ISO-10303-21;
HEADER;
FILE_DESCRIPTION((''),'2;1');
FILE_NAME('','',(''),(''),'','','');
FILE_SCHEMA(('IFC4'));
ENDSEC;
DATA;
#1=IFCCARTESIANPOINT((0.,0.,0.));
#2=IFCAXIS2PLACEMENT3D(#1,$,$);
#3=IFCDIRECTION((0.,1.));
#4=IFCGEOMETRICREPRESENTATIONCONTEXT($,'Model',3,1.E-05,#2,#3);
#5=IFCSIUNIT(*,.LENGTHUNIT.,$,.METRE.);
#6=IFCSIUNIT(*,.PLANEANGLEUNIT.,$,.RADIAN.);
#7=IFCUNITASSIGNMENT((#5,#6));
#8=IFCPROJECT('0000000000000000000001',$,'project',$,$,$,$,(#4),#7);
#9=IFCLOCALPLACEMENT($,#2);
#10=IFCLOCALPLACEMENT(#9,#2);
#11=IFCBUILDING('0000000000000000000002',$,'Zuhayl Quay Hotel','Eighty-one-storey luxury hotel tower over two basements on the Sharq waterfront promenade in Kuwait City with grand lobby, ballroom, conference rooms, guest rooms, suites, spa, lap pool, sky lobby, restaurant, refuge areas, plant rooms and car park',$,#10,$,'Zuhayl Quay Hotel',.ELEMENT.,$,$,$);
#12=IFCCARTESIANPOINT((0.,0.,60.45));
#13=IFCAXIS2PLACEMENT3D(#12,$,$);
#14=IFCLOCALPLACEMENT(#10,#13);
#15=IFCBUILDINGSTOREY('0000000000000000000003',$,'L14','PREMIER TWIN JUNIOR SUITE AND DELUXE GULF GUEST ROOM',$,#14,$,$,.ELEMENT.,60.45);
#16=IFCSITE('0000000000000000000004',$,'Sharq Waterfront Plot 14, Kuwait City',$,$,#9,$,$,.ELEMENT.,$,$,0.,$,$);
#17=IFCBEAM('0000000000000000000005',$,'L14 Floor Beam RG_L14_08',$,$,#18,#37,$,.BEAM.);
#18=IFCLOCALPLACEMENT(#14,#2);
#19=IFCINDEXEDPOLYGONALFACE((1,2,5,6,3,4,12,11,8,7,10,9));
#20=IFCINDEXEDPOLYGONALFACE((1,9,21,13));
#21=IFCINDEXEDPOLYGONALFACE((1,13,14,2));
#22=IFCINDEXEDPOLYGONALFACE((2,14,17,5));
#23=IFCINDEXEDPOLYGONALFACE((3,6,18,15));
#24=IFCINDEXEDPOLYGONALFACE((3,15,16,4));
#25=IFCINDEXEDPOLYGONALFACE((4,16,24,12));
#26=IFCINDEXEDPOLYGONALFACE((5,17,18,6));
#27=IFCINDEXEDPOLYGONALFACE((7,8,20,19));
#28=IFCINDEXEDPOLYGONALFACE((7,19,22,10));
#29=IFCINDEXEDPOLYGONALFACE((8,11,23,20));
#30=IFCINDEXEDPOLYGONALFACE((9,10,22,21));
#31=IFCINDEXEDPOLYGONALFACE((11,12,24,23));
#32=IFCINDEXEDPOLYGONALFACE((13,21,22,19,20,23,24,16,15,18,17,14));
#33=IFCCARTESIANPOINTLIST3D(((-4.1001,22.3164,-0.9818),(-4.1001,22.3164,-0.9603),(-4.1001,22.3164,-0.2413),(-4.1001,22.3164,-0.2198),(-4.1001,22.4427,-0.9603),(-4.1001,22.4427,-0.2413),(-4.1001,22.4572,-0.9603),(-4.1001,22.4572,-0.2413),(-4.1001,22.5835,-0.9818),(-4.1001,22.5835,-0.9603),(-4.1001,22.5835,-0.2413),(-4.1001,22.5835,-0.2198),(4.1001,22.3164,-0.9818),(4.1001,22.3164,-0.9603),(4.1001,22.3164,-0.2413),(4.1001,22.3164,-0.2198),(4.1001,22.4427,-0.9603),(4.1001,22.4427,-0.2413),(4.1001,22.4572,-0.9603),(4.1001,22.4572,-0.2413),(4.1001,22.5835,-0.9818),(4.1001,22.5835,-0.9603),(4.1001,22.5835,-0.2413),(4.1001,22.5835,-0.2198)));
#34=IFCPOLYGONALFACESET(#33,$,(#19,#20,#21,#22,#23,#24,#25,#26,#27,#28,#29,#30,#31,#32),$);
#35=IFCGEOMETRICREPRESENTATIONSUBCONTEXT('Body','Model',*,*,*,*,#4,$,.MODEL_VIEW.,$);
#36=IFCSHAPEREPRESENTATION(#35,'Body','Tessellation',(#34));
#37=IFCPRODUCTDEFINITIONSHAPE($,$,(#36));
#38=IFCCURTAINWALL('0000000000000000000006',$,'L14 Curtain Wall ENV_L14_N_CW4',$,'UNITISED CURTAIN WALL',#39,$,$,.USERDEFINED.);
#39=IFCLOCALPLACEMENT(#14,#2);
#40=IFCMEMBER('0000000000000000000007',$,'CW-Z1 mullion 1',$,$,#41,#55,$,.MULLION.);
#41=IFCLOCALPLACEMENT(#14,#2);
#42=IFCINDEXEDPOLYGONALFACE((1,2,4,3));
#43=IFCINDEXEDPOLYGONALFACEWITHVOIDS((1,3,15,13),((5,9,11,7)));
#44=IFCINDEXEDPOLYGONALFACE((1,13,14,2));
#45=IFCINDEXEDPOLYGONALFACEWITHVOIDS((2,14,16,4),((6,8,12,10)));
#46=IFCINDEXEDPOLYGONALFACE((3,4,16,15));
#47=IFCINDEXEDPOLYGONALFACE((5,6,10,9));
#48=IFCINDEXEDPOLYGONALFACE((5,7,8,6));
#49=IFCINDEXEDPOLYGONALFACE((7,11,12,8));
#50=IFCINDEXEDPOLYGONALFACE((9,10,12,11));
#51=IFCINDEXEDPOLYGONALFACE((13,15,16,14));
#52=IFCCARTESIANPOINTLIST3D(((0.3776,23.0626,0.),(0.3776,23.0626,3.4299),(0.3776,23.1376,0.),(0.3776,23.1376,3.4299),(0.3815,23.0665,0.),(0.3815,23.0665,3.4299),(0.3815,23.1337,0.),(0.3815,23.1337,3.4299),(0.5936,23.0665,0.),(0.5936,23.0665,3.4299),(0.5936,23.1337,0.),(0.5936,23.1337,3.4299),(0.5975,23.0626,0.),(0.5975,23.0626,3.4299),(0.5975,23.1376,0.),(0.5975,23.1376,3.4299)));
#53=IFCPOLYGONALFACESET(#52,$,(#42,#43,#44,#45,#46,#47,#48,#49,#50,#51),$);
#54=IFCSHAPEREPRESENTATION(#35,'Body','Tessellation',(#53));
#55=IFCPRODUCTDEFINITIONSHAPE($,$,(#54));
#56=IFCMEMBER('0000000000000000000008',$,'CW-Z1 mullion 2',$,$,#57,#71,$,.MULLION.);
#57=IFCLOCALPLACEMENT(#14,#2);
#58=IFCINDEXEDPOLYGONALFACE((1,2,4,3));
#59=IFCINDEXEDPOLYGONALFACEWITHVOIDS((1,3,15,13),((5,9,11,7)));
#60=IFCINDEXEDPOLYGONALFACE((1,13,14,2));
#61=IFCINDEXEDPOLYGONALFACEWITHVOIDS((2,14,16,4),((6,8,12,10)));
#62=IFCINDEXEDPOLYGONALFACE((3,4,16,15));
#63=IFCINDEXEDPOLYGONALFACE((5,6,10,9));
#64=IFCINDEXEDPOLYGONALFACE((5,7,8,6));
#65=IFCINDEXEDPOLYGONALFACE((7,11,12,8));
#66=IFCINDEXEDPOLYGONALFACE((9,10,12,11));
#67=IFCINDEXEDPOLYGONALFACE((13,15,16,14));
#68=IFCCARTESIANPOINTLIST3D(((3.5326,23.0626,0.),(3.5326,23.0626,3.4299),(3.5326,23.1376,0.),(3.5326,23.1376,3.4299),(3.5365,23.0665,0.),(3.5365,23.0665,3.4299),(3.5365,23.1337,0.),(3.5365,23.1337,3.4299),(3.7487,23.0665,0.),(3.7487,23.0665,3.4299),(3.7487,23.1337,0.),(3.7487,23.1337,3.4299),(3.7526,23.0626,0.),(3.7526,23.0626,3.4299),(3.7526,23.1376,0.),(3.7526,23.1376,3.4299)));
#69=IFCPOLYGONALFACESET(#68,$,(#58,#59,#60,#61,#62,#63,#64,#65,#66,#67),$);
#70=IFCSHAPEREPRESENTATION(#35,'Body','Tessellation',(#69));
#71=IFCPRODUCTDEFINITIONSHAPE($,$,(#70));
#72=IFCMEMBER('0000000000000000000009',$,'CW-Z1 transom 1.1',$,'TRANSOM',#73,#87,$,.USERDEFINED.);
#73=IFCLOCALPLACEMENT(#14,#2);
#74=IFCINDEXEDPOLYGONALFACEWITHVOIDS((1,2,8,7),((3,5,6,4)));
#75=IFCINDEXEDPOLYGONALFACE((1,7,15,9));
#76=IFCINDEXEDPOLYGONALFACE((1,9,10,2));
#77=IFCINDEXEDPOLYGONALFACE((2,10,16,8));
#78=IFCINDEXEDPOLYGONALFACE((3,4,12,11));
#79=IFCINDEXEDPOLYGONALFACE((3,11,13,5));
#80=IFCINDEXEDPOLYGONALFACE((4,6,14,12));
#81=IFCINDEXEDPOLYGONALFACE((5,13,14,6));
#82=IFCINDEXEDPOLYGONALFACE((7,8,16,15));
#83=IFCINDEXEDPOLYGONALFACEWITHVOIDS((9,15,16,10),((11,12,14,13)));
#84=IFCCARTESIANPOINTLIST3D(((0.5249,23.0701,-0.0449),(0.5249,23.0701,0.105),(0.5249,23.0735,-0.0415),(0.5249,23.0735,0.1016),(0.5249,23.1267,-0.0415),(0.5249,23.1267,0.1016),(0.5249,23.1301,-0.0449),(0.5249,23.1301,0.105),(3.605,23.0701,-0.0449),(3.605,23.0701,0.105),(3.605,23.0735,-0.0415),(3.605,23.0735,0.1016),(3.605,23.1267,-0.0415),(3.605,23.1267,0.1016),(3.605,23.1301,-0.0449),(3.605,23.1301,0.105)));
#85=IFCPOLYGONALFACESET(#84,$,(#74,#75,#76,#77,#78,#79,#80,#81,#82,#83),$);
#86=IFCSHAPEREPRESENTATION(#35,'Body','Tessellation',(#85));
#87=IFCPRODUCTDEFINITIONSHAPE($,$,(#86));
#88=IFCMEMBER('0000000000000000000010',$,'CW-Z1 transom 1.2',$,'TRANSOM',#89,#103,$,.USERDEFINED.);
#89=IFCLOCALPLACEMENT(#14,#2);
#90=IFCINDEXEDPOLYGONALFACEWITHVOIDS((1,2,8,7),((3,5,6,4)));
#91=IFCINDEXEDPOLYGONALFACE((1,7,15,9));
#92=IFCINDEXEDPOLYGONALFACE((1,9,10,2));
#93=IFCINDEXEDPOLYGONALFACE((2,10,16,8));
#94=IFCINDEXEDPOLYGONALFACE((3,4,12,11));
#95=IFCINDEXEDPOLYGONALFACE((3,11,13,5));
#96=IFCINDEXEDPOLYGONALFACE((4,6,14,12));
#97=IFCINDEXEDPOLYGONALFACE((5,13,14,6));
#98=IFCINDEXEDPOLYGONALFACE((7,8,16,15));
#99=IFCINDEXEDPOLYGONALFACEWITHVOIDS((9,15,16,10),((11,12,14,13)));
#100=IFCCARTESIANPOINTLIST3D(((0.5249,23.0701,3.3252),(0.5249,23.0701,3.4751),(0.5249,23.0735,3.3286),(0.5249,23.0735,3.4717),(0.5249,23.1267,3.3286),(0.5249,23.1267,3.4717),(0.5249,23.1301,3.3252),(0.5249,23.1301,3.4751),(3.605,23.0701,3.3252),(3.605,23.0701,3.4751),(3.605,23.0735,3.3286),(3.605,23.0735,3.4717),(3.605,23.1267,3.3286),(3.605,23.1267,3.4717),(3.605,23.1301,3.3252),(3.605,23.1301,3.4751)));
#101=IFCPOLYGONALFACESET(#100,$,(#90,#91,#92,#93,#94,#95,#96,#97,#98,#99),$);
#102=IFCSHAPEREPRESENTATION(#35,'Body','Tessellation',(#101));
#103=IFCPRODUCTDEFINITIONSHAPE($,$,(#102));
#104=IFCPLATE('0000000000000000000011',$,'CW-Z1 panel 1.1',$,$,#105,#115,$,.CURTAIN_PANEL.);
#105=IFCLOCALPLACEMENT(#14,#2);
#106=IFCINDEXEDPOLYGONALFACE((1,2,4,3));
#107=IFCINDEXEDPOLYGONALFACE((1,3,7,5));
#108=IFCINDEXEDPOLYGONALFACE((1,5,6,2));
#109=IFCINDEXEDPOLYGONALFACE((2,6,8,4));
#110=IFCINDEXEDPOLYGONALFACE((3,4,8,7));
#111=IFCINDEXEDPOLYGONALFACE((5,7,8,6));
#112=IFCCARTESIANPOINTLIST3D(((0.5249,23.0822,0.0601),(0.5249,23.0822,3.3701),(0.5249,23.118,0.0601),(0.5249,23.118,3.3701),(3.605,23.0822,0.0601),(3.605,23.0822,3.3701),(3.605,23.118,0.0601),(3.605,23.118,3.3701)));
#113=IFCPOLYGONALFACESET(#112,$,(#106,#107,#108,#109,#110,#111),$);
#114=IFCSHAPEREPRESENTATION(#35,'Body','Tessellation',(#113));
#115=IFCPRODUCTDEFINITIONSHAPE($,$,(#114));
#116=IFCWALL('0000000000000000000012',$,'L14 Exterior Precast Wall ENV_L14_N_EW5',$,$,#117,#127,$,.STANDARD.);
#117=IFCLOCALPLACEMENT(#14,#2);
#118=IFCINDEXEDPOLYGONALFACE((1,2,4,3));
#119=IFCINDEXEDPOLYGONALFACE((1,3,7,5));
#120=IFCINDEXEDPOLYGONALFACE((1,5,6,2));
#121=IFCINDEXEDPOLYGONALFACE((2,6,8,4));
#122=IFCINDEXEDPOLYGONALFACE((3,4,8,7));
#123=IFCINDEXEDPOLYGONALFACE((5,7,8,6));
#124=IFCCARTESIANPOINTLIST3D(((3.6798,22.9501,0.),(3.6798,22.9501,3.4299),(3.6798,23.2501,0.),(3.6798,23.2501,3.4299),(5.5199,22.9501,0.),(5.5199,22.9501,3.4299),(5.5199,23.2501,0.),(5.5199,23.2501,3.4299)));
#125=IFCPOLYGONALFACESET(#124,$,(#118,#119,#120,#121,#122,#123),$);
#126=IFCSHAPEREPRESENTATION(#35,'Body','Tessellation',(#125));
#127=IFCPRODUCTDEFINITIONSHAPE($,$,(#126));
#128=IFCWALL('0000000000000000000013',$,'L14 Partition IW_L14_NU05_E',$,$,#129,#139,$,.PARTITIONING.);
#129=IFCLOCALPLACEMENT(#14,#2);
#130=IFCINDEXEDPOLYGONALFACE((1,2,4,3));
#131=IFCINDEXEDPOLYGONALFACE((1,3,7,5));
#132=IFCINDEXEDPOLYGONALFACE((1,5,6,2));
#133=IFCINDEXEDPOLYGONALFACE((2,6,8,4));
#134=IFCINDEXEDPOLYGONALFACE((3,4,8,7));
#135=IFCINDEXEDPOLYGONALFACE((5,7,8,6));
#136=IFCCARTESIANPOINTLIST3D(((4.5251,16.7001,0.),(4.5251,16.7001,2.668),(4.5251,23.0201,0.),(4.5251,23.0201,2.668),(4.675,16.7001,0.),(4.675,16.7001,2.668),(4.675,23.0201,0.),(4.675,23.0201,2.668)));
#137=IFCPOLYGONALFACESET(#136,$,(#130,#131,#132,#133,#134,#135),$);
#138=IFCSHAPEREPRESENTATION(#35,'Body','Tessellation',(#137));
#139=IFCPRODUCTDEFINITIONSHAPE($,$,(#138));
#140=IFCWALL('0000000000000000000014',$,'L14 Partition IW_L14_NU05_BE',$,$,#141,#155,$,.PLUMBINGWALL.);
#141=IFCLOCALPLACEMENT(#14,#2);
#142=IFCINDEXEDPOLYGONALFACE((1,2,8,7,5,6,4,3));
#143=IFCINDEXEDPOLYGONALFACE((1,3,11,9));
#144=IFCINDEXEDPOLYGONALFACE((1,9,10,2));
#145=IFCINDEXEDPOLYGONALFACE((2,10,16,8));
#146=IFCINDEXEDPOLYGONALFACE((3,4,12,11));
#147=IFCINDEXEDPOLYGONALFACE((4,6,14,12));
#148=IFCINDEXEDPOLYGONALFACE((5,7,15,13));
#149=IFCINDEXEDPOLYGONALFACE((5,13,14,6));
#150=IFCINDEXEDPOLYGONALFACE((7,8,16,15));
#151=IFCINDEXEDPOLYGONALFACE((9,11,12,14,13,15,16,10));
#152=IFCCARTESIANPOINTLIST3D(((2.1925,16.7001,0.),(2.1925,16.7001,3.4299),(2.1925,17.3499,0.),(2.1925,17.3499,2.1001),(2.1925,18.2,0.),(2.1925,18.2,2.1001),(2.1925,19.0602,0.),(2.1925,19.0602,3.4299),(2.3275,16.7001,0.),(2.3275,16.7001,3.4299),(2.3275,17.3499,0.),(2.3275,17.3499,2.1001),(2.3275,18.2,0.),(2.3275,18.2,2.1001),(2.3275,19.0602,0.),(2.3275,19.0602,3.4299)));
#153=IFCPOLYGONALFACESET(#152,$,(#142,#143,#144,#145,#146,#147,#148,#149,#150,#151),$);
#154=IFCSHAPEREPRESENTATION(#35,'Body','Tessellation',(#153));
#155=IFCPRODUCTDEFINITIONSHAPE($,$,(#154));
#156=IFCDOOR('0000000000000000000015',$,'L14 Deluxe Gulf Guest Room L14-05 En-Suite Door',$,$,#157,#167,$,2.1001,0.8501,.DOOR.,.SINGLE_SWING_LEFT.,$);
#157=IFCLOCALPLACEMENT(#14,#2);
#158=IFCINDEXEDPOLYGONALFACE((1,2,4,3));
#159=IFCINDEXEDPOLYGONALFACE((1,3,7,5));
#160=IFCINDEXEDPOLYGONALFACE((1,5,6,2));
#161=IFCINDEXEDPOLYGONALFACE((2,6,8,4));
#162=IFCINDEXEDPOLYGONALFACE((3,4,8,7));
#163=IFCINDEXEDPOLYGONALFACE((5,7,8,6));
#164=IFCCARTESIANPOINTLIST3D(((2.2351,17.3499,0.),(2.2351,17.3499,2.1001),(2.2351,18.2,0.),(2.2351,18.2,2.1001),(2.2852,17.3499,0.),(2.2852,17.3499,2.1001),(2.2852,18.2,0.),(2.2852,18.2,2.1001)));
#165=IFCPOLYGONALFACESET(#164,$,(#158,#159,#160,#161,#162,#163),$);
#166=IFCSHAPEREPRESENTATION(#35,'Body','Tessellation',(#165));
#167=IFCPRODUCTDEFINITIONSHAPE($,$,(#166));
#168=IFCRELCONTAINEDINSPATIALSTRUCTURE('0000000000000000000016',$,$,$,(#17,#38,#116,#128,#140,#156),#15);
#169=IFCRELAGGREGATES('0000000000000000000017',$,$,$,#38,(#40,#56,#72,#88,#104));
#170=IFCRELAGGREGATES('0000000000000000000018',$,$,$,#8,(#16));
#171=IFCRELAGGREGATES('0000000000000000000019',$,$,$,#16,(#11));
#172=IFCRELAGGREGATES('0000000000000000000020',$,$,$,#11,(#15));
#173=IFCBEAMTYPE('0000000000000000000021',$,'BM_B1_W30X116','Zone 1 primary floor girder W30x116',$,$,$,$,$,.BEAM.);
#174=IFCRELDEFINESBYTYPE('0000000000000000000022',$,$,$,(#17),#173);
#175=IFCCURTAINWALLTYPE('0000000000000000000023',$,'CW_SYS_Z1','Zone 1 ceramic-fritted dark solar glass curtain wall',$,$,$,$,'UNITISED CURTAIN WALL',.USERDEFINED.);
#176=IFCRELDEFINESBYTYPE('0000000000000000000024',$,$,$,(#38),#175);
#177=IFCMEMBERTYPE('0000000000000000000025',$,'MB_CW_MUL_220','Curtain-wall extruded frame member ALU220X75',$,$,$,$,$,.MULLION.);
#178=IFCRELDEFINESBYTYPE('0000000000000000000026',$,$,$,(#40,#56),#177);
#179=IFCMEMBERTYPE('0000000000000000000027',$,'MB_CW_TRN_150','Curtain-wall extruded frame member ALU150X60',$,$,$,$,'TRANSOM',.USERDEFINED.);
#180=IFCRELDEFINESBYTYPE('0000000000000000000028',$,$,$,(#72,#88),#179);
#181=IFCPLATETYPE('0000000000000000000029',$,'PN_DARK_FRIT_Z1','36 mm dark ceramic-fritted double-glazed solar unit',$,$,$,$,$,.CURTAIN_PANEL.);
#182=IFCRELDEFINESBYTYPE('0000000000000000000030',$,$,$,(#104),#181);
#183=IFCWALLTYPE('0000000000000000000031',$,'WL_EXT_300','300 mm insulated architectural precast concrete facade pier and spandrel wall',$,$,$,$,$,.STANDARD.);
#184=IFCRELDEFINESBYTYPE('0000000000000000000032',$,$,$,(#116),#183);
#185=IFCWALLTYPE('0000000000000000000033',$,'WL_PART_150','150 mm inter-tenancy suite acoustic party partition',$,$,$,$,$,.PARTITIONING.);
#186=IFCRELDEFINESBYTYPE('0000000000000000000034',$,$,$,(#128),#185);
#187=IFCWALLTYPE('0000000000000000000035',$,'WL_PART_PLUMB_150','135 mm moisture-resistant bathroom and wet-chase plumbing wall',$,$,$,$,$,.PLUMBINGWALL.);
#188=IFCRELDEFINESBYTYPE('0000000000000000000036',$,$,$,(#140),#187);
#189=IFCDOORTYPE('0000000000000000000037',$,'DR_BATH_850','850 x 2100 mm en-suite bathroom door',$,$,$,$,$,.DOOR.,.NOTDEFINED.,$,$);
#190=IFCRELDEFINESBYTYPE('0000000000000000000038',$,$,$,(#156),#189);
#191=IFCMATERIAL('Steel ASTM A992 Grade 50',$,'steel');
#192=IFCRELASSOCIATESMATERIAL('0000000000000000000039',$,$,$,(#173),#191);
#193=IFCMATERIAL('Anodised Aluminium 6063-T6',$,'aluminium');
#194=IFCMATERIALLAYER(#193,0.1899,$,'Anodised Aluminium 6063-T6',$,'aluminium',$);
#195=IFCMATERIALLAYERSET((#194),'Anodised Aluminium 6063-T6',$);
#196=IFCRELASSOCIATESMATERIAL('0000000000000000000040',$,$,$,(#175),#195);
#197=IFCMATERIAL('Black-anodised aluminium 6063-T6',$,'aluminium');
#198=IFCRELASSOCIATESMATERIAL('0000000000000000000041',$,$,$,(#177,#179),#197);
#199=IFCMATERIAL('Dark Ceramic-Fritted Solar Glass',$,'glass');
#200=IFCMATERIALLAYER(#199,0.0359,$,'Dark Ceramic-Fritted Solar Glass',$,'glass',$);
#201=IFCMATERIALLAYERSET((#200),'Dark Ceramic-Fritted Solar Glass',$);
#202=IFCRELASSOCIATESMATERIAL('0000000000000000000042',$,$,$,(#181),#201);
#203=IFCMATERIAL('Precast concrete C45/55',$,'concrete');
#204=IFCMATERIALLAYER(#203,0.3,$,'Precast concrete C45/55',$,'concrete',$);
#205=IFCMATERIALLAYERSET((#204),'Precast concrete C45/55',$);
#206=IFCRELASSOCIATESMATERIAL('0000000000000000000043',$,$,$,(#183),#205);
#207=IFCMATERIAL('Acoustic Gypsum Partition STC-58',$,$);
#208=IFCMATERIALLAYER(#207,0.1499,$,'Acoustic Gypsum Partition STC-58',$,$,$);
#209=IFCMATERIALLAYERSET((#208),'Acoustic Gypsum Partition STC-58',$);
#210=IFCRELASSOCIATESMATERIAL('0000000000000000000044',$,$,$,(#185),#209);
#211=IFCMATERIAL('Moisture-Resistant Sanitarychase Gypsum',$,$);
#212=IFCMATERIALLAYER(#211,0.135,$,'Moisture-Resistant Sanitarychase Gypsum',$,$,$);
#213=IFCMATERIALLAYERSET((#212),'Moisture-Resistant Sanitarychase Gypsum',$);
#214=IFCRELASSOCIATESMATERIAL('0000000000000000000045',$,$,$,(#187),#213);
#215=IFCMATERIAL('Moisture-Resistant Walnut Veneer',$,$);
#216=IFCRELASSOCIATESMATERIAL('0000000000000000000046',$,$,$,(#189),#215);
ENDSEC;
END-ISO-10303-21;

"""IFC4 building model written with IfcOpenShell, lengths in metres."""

from ifc_helpers import new_model, si_unit, direction, frame, frame_2d, origin, origin_2d, place, context, subcontext, project, spatial, rectangle, hollow_rectangle, i_section, extrude, material, layer, layer_set, material_profile, profile_set, type_object, element, fill, aggregate, save


model = new_model("IFC4")

# Units and contexts
model_context = context("Model", 3, precision=1e-05, world=origin(), true_north=direction((0.0, 1.0)))
body_context = subcontext(model_context, "Body", "Model", "MODEL_VIEW")
ifc_project = project(units=[si_unit("LENGTHUNIT", "METRE"), si_unit("PLANEANGLEUNIT", "RADIAN")], contexts=[model_context])

# Site, building, storey
site_placement = place(None, origin())
site = spatial("IfcSite", under=ifc_project, at=site_placement, Name="Sharq Waterfront Plot 14, Kuwait City", CompositionType="ELEMENT", RefElevation=0.0)
building_placement = place(site_placement, origin())
building = spatial("IfcBuilding", under=site, at=building_placement, Name="Zuhayl Quay Hotel", Description="Eighty-one-storey luxury hotel tower over two basements on the Sharq waterfront promenade in Kuwait City with grand lobby, ballroom, conference rooms, guest rooms, suites, spa, lap pool, sky lobby, restaurant, refuge areas, plant rooms and car park", LongName="Zuhayl Quay Hotel", CompositionType="ELEMENT")
storey_placement = place(building_placement, frame((0.0, 0.0, 60.45)))
storey = spatial("IfcBuildingStorey", under=building, at=storey_placement, Name="L14", Description="PREMIER TWIN JUNIOR SUITE AND DELUXE GULF GUEST ROOM", CompositionType="ELEMENT", Elevation=60.45)

# Beam
ifc_material_1 = material(Name="Steel ASTM A992 Grade 50", Category="steel")
ifc_material_profile_1 = material_profile(ifc_material_1, i_section(OverallWidth=0.2671, OverallDepth=0.762, WebThickness=0.0144, FlangeThickness=0.0215, at=origin_2d()), Name="W30X116")
ifc_profile_set_1 = profile_set([ifc_material_profile_1], Name="Steel ASTM A992 Grade 50")
beam_type = type_object("IfcBeamType", Name="BM_B1_W30X116", Description="Zone 1 primary floor girder W30x116", PredefinedType="BEAM", material=ifc_profile_set_1)
beam_placement = place(storey_placement, frame((4.1001, 22.45, -0.6008), z_axis=(-1.0, 0.0, 0.0), x_axis=(0.0, -1.0, 0.0)))
element("IfcBeam", 1, at=beam_placement, inside=storey, type_object=beam_type, Name="L14 Floor Beam RG_L14_08", PredefinedType="BEAM", context=body_context, shape_type="SweptSolid", body=[
    extrude(i_section(OverallWidth=0.2671, OverallDepth=0.762, WebThickness=0.0144, FlangeThickness=0.0215, at=origin_2d()), origin(), (0.0, 0.0, 1.0), 8.2002),
])

# Curtain wall, members, plate
ifc_material_2 = material(Name="Anodised Aluminium 6063-T6", Category="aluminium")
ifc_layer_1 = layer(ifc_material_2, 0.1899, Name="Anodised Aluminium 6063-T6", Category="aluminium")
ifc_layer_set_1 = layer_set([ifc_layer_1], Name="Anodised Aluminium 6063-T6")
curtain_wall_type = type_object("IfcCurtainWallType", Name="CW_SYS_Z1", Description="Zone 1 ceramic-fritted dark solar glass curtain wall", ElementType="UNITISED CURTAIN WALL", PredefinedType="USERDEFINED", material=ifc_layer_set_1)
curtain_wall_placement = place(storey_placement, origin())
curtain_wall = element("IfcCurtainWall", 2, at=curtain_wall_placement, inside=storey, type_object=curtain_wall_type, Name="L14 Curtain Wall ENV_L14_N_CW4", ObjectType="UNITISED CURTAIN WALL", PredefinedType="USERDEFINED")
ifc_material_3 = material(Name="Black-anodised aluminium 6063-T6", Category="aluminium")
ifc_material_profile_2 = material_profile(ifc_material_3, hollow_rectangle(XDim=0.075, YDim=0.22, WallThickness=0.0039, at=origin_2d()), Name="ALU220X75")
ifc_profile_set_2 = profile_set([ifc_material_profile_2], Name="Black-anodised aluminium 6063-T6")
member_type_1 = type_object("IfcMemberType", Name="MB_CW_MUL_220", Description="Curtain-wall extruded frame member ALU220X75", PredefinedType="MULLION", material=ifc_profile_set_2)
member_1_placement = place(storey_placement, frame((0.4875, 23.1001, 0.0), z_axis=(0.0, 0.0, 1.0), x_axis=(0.0, 1.0, 0.0)))
member_1 = element("IfcMember", 3, at=member_1_placement, type_object=member_type_1, Name="CW-Z1 mullion 1", PredefinedType="MULLION", context=body_context, shape_type="SweptSolid", body=[
    extrude(hollow_rectangle(XDim=0.075, YDim=0.22, WallThickness=0.0039, at=origin_2d()), origin(), (0.0, 0.0, 1.0), 3.4299),
])
member_2_placement = place(storey_placement, frame((3.6426, 23.1001, 0.0), z_axis=(0.0, 0.0, 1.0), x_axis=(0.0, 1.0, 0.0)))
member_2 = element("IfcMember", 4, at=member_2_placement, type_object=member_type_1, Name="CW-Z1 mullion 2", PredefinedType="MULLION", context=body_context, shape_type="SweptSolid", body=[
    extrude(hollow_rectangle(XDim=0.075, YDim=0.22, WallThickness=0.0039, at=origin_2d()), origin(), (0.0, 0.0, 1.0), 3.4299),
])
ifc_material_profile_3 = material_profile(ifc_material_3, hollow_rectangle(XDim=0.0601, YDim=0.1499, WallThickness=0.0034, at=origin_2d()), Name="ALU150X60")
ifc_profile_set_3 = profile_set([ifc_material_profile_3], Name="Black-anodised aluminium 6063-T6")
member_type_2 = type_object("IfcMemberType", Name="MB_CW_TRN_150", Description="Curtain-wall extruded frame member ALU150X60", ElementType="TRANSOM", PredefinedType="USERDEFINED", material=ifc_profile_set_3)
member_3_placement = place(storey_placement, frame((0.5249, 23.1001, 0.03), z_axis=(1.0, 0.0, 0.0), x_axis=(0.0, 1.0, 0.0)))
member_3 = element("IfcMember", 5, at=member_3_placement, type_object=member_type_2, Name="CW-Z1 transom 1.1", ObjectType="TRANSOM", PredefinedType="USERDEFINED", context=body_context, shape_type="SweptSolid", body=[
    extrude(hollow_rectangle(XDim=0.0601, YDim=0.1499, WallThickness=0.0034, at=origin_2d()), origin(), (0.0, 0.0, 1.0), 3.0801),
])
member_4_placement = place(storey_placement, frame((0.5249, 23.1001, 3.4001), z_axis=(1.0, 0.0, 0.0), x_axis=(0.0, 1.0, 0.0)))
member_4 = element("IfcMember", 6, at=member_4_placement, type_object=member_type_2, Name="CW-Z1 transom 1.2", ObjectType="TRANSOM", PredefinedType="USERDEFINED", context=body_context, shape_type="SweptSolid", body=[
    extrude(hollow_rectangle(XDim=0.0601, YDim=0.1499, WallThickness=0.0034, at=origin_2d()), origin(), (0.0, 0.0, 1.0), 3.0801),
])
ifc_material_4 = material(Name="Dark Ceramic-Fritted Solar Glass", Category="glass")
ifc_layer_2 = layer(ifc_material_4, 0.0359, Name="Dark Ceramic-Fritted Solar Glass", Category="glass")
ifc_layer_set_2 = layer_set([ifc_layer_2], Name="Dark Ceramic-Fritted Solar Glass")
plate_type = type_object("IfcPlateType", Name="PN_DARK_FRIT_Z1", Description="36 mm dark ceramic-fritted double-glazed solar unit", PredefinedType="CURTAIN_PANEL", material=ifc_layer_set_2)
plate_placement = place(storey_placement, frame((2.0649, 23.1001, 0.0601), z_axis=(0.0, 0.0, 1.0), x_axis=(1.0, 0.0, 0.0)))
plate = element("IfcPlate", 7, at=plate_placement, type_object=plate_type, Name="CW-Z1 panel 1.1", PredefinedType="CURTAIN_PANEL", context=body_context, shape_type="SweptSolid", body=[
    extrude(rectangle(XDim=3.0801, YDim=0.0359, at=origin_2d()), origin(), (0.0, 0.0, 1.0), 3.3101),
])
aggregate(curtain_wall, [member_1, member_2, member_3, member_4, plate])

# Walls
ifc_material_5 = material(Name="Precast concrete C45/55", Category="concrete")
ifc_layer_3 = layer(ifc_material_5, 0.3, Name="Precast concrete C45/55", Category="concrete")
ifc_layer_set_3 = layer_set([ifc_layer_3], Name="Precast concrete C45/55")
wall_type_1 = type_object("IfcWallType", Name="WL_EXT_300", Description="300 mm insulated architectural precast concrete facade pier and spandrel wall", PredefinedType="STANDARD", material=ifc_layer_set_3)
wall_1_placement = place(storey_placement, frame((3.6799, 23.1001, 0.0), z_axis=(0.0, 0.0, 1.0), x_axis=(1.0, 0.0, 0.0)))
element("IfcWall", 8, at=wall_1_placement, inside=storey, type_object=wall_type_1, Name="L14 Exterior Precast Wall ENV_L14_N_EW5", PredefinedType="STANDARD", context=body_context, shape_type="SweptSolid", body=[
    extrude(rectangle(XDim=1.8401, YDim=0.3, at=frame_2d((0.9199, 0.0))), origin(), (0.0, 0.0, 1.0), 3.4299),
])
ifc_material_6 = material(Name="Acoustic Gypsum Partition STC-58")
ifc_layer_4 = layer(ifc_material_6, 0.1499, Name="Acoustic Gypsum Partition STC-58")
ifc_layer_set_4 = layer_set([ifc_layer_4], Name="Acoustic Gypsum Partition STC-58")
wall_type_2 = type_object("IfcWallType", Name="WL_PART_150", Description="150 mm inter-tenancy suite acoustic party partition", PredefinedType="PARTITIONING", material=ifc_layer_set_4)
wall_2_placement = place(storey_placement, frame((4.6001, 16.7, 0.0), z_axis=(0.0, 0.0, 1.0), x_axis=(0.0, 1.0, 0.0)))
element("IfcWall", 9, at=wall_2_placement, inside=storey, type_object=wall_type_2, Name="L14 Partition IW_L14_NU05_E", PredefinedType="PARTITIONING", context=body_context, shape_type="SweptSolid", body=[
    extrude(rectangle(XDim=6.3201, YDim=0.1499, at=frame_2d((3.1602, 0.0))), origin(), (0.0, 0.0, 1.0), 2.668),
])

# Wall, opening, door
ifc_material_7 = material(Name="Moisture-Resistant Sanitarychase Gypsum")
ifc_layer_5 = layer(ifc_material_7, 0.135, Name="Moisture-Resistant Sanitarychase Gypsum")
ifc_layer_set_5 = layer_set([ifc_layer_5], Name="Moisture-Resistant Sanitarychase Gypsum")
wall_type_3 = type_object("IfcWallType", Name="WL_PART_PLUMB_150", Description="135 mm moisture-resistant bathroom and wet-chase plumbing wall", PredefinedType="PLUMBINGWALL", material=ifc_layer_set_5)
wall_3_placement = place(storey_placement, frame((2.26, 16.7, 0.0), z_axis=(0.0, 0.0, 1.0), x_axis=(0.0, 1.0, 0.0)))
wall_3 = element("IfcWall", 10, at=wall_3_placement, inside=storey, type_object=wall_type_3, Name="L14 Partition IW_L14_NU05_BE", PredefinedType="PLUMBINGWALL", context=body_context, shape_type="SweptSolid", body=[
    extrude(rectangle(XDim=2.3601, YDim=0.135, at=frame_2d((1.1802, 0.0))), origin(), (0.0, 0.0, 1.0), 3.4299),
])
opening_1_placement = place(wall_3_placement, frame((0.6499, 0.0, 0.0)))
opening_1 = element("IfcOpeningElement", 11, at=opening_1_placement, cuts=wall_3, PredefinedType="OPENING", context=body_context, shape_type="SweptSolid", body=[
    extrude(rectangle(XDim=0.8501, YDim=2.1001, at=frame_2d((0.425, 1.05))), frame((0.0, 0.0774, 0.0), z_axis=(0.0, -1.0, 0.0), x_axis=(1.0, 0.0, 0.0)), (0.0, 0.0, 1.0), 0.155),
])
ifc_material_8 = material(Name="Moisture-Resistant Walnut Veneer")
door_type_1 = type_object("IfcDoorType", Name="DR_BATH_850", Description="850 x 2100 mm en-suite bathroom door", OperationType="NOTDEFINED", PredefinedType="DOOR", material=ifc_material_8)
door_1_placement = place(opening_1_placement, origin())
door_1 = element("IfcDoor", 12, at=door_1_placement, inside=storey, type_object=door_type_1, Name="L14 Deluxe Gulf Guest Room L14-05 En-Suite Door", OperationType="SINGLE_SWING_LEFT", OverallHeight=2.1001, OverallWidth=0.8501, PredefinedType="DOOR", context=body_context, shape_type="SweptSolid", body=[
    extrude(rectangle(XDim=0.8501, YDim=2.1001, at=frame_2d((0.425, 1.05))), frame((0.0, 0.0249, 0.0), z_axis=(0.0, -1.0, 0.0), x_axis=(1.0, 0.0, 0.0)), (0.0, 0.0, 1.0), 0.05),
])
fill(opening_1, door_1)

save(model, "model.ifc")
